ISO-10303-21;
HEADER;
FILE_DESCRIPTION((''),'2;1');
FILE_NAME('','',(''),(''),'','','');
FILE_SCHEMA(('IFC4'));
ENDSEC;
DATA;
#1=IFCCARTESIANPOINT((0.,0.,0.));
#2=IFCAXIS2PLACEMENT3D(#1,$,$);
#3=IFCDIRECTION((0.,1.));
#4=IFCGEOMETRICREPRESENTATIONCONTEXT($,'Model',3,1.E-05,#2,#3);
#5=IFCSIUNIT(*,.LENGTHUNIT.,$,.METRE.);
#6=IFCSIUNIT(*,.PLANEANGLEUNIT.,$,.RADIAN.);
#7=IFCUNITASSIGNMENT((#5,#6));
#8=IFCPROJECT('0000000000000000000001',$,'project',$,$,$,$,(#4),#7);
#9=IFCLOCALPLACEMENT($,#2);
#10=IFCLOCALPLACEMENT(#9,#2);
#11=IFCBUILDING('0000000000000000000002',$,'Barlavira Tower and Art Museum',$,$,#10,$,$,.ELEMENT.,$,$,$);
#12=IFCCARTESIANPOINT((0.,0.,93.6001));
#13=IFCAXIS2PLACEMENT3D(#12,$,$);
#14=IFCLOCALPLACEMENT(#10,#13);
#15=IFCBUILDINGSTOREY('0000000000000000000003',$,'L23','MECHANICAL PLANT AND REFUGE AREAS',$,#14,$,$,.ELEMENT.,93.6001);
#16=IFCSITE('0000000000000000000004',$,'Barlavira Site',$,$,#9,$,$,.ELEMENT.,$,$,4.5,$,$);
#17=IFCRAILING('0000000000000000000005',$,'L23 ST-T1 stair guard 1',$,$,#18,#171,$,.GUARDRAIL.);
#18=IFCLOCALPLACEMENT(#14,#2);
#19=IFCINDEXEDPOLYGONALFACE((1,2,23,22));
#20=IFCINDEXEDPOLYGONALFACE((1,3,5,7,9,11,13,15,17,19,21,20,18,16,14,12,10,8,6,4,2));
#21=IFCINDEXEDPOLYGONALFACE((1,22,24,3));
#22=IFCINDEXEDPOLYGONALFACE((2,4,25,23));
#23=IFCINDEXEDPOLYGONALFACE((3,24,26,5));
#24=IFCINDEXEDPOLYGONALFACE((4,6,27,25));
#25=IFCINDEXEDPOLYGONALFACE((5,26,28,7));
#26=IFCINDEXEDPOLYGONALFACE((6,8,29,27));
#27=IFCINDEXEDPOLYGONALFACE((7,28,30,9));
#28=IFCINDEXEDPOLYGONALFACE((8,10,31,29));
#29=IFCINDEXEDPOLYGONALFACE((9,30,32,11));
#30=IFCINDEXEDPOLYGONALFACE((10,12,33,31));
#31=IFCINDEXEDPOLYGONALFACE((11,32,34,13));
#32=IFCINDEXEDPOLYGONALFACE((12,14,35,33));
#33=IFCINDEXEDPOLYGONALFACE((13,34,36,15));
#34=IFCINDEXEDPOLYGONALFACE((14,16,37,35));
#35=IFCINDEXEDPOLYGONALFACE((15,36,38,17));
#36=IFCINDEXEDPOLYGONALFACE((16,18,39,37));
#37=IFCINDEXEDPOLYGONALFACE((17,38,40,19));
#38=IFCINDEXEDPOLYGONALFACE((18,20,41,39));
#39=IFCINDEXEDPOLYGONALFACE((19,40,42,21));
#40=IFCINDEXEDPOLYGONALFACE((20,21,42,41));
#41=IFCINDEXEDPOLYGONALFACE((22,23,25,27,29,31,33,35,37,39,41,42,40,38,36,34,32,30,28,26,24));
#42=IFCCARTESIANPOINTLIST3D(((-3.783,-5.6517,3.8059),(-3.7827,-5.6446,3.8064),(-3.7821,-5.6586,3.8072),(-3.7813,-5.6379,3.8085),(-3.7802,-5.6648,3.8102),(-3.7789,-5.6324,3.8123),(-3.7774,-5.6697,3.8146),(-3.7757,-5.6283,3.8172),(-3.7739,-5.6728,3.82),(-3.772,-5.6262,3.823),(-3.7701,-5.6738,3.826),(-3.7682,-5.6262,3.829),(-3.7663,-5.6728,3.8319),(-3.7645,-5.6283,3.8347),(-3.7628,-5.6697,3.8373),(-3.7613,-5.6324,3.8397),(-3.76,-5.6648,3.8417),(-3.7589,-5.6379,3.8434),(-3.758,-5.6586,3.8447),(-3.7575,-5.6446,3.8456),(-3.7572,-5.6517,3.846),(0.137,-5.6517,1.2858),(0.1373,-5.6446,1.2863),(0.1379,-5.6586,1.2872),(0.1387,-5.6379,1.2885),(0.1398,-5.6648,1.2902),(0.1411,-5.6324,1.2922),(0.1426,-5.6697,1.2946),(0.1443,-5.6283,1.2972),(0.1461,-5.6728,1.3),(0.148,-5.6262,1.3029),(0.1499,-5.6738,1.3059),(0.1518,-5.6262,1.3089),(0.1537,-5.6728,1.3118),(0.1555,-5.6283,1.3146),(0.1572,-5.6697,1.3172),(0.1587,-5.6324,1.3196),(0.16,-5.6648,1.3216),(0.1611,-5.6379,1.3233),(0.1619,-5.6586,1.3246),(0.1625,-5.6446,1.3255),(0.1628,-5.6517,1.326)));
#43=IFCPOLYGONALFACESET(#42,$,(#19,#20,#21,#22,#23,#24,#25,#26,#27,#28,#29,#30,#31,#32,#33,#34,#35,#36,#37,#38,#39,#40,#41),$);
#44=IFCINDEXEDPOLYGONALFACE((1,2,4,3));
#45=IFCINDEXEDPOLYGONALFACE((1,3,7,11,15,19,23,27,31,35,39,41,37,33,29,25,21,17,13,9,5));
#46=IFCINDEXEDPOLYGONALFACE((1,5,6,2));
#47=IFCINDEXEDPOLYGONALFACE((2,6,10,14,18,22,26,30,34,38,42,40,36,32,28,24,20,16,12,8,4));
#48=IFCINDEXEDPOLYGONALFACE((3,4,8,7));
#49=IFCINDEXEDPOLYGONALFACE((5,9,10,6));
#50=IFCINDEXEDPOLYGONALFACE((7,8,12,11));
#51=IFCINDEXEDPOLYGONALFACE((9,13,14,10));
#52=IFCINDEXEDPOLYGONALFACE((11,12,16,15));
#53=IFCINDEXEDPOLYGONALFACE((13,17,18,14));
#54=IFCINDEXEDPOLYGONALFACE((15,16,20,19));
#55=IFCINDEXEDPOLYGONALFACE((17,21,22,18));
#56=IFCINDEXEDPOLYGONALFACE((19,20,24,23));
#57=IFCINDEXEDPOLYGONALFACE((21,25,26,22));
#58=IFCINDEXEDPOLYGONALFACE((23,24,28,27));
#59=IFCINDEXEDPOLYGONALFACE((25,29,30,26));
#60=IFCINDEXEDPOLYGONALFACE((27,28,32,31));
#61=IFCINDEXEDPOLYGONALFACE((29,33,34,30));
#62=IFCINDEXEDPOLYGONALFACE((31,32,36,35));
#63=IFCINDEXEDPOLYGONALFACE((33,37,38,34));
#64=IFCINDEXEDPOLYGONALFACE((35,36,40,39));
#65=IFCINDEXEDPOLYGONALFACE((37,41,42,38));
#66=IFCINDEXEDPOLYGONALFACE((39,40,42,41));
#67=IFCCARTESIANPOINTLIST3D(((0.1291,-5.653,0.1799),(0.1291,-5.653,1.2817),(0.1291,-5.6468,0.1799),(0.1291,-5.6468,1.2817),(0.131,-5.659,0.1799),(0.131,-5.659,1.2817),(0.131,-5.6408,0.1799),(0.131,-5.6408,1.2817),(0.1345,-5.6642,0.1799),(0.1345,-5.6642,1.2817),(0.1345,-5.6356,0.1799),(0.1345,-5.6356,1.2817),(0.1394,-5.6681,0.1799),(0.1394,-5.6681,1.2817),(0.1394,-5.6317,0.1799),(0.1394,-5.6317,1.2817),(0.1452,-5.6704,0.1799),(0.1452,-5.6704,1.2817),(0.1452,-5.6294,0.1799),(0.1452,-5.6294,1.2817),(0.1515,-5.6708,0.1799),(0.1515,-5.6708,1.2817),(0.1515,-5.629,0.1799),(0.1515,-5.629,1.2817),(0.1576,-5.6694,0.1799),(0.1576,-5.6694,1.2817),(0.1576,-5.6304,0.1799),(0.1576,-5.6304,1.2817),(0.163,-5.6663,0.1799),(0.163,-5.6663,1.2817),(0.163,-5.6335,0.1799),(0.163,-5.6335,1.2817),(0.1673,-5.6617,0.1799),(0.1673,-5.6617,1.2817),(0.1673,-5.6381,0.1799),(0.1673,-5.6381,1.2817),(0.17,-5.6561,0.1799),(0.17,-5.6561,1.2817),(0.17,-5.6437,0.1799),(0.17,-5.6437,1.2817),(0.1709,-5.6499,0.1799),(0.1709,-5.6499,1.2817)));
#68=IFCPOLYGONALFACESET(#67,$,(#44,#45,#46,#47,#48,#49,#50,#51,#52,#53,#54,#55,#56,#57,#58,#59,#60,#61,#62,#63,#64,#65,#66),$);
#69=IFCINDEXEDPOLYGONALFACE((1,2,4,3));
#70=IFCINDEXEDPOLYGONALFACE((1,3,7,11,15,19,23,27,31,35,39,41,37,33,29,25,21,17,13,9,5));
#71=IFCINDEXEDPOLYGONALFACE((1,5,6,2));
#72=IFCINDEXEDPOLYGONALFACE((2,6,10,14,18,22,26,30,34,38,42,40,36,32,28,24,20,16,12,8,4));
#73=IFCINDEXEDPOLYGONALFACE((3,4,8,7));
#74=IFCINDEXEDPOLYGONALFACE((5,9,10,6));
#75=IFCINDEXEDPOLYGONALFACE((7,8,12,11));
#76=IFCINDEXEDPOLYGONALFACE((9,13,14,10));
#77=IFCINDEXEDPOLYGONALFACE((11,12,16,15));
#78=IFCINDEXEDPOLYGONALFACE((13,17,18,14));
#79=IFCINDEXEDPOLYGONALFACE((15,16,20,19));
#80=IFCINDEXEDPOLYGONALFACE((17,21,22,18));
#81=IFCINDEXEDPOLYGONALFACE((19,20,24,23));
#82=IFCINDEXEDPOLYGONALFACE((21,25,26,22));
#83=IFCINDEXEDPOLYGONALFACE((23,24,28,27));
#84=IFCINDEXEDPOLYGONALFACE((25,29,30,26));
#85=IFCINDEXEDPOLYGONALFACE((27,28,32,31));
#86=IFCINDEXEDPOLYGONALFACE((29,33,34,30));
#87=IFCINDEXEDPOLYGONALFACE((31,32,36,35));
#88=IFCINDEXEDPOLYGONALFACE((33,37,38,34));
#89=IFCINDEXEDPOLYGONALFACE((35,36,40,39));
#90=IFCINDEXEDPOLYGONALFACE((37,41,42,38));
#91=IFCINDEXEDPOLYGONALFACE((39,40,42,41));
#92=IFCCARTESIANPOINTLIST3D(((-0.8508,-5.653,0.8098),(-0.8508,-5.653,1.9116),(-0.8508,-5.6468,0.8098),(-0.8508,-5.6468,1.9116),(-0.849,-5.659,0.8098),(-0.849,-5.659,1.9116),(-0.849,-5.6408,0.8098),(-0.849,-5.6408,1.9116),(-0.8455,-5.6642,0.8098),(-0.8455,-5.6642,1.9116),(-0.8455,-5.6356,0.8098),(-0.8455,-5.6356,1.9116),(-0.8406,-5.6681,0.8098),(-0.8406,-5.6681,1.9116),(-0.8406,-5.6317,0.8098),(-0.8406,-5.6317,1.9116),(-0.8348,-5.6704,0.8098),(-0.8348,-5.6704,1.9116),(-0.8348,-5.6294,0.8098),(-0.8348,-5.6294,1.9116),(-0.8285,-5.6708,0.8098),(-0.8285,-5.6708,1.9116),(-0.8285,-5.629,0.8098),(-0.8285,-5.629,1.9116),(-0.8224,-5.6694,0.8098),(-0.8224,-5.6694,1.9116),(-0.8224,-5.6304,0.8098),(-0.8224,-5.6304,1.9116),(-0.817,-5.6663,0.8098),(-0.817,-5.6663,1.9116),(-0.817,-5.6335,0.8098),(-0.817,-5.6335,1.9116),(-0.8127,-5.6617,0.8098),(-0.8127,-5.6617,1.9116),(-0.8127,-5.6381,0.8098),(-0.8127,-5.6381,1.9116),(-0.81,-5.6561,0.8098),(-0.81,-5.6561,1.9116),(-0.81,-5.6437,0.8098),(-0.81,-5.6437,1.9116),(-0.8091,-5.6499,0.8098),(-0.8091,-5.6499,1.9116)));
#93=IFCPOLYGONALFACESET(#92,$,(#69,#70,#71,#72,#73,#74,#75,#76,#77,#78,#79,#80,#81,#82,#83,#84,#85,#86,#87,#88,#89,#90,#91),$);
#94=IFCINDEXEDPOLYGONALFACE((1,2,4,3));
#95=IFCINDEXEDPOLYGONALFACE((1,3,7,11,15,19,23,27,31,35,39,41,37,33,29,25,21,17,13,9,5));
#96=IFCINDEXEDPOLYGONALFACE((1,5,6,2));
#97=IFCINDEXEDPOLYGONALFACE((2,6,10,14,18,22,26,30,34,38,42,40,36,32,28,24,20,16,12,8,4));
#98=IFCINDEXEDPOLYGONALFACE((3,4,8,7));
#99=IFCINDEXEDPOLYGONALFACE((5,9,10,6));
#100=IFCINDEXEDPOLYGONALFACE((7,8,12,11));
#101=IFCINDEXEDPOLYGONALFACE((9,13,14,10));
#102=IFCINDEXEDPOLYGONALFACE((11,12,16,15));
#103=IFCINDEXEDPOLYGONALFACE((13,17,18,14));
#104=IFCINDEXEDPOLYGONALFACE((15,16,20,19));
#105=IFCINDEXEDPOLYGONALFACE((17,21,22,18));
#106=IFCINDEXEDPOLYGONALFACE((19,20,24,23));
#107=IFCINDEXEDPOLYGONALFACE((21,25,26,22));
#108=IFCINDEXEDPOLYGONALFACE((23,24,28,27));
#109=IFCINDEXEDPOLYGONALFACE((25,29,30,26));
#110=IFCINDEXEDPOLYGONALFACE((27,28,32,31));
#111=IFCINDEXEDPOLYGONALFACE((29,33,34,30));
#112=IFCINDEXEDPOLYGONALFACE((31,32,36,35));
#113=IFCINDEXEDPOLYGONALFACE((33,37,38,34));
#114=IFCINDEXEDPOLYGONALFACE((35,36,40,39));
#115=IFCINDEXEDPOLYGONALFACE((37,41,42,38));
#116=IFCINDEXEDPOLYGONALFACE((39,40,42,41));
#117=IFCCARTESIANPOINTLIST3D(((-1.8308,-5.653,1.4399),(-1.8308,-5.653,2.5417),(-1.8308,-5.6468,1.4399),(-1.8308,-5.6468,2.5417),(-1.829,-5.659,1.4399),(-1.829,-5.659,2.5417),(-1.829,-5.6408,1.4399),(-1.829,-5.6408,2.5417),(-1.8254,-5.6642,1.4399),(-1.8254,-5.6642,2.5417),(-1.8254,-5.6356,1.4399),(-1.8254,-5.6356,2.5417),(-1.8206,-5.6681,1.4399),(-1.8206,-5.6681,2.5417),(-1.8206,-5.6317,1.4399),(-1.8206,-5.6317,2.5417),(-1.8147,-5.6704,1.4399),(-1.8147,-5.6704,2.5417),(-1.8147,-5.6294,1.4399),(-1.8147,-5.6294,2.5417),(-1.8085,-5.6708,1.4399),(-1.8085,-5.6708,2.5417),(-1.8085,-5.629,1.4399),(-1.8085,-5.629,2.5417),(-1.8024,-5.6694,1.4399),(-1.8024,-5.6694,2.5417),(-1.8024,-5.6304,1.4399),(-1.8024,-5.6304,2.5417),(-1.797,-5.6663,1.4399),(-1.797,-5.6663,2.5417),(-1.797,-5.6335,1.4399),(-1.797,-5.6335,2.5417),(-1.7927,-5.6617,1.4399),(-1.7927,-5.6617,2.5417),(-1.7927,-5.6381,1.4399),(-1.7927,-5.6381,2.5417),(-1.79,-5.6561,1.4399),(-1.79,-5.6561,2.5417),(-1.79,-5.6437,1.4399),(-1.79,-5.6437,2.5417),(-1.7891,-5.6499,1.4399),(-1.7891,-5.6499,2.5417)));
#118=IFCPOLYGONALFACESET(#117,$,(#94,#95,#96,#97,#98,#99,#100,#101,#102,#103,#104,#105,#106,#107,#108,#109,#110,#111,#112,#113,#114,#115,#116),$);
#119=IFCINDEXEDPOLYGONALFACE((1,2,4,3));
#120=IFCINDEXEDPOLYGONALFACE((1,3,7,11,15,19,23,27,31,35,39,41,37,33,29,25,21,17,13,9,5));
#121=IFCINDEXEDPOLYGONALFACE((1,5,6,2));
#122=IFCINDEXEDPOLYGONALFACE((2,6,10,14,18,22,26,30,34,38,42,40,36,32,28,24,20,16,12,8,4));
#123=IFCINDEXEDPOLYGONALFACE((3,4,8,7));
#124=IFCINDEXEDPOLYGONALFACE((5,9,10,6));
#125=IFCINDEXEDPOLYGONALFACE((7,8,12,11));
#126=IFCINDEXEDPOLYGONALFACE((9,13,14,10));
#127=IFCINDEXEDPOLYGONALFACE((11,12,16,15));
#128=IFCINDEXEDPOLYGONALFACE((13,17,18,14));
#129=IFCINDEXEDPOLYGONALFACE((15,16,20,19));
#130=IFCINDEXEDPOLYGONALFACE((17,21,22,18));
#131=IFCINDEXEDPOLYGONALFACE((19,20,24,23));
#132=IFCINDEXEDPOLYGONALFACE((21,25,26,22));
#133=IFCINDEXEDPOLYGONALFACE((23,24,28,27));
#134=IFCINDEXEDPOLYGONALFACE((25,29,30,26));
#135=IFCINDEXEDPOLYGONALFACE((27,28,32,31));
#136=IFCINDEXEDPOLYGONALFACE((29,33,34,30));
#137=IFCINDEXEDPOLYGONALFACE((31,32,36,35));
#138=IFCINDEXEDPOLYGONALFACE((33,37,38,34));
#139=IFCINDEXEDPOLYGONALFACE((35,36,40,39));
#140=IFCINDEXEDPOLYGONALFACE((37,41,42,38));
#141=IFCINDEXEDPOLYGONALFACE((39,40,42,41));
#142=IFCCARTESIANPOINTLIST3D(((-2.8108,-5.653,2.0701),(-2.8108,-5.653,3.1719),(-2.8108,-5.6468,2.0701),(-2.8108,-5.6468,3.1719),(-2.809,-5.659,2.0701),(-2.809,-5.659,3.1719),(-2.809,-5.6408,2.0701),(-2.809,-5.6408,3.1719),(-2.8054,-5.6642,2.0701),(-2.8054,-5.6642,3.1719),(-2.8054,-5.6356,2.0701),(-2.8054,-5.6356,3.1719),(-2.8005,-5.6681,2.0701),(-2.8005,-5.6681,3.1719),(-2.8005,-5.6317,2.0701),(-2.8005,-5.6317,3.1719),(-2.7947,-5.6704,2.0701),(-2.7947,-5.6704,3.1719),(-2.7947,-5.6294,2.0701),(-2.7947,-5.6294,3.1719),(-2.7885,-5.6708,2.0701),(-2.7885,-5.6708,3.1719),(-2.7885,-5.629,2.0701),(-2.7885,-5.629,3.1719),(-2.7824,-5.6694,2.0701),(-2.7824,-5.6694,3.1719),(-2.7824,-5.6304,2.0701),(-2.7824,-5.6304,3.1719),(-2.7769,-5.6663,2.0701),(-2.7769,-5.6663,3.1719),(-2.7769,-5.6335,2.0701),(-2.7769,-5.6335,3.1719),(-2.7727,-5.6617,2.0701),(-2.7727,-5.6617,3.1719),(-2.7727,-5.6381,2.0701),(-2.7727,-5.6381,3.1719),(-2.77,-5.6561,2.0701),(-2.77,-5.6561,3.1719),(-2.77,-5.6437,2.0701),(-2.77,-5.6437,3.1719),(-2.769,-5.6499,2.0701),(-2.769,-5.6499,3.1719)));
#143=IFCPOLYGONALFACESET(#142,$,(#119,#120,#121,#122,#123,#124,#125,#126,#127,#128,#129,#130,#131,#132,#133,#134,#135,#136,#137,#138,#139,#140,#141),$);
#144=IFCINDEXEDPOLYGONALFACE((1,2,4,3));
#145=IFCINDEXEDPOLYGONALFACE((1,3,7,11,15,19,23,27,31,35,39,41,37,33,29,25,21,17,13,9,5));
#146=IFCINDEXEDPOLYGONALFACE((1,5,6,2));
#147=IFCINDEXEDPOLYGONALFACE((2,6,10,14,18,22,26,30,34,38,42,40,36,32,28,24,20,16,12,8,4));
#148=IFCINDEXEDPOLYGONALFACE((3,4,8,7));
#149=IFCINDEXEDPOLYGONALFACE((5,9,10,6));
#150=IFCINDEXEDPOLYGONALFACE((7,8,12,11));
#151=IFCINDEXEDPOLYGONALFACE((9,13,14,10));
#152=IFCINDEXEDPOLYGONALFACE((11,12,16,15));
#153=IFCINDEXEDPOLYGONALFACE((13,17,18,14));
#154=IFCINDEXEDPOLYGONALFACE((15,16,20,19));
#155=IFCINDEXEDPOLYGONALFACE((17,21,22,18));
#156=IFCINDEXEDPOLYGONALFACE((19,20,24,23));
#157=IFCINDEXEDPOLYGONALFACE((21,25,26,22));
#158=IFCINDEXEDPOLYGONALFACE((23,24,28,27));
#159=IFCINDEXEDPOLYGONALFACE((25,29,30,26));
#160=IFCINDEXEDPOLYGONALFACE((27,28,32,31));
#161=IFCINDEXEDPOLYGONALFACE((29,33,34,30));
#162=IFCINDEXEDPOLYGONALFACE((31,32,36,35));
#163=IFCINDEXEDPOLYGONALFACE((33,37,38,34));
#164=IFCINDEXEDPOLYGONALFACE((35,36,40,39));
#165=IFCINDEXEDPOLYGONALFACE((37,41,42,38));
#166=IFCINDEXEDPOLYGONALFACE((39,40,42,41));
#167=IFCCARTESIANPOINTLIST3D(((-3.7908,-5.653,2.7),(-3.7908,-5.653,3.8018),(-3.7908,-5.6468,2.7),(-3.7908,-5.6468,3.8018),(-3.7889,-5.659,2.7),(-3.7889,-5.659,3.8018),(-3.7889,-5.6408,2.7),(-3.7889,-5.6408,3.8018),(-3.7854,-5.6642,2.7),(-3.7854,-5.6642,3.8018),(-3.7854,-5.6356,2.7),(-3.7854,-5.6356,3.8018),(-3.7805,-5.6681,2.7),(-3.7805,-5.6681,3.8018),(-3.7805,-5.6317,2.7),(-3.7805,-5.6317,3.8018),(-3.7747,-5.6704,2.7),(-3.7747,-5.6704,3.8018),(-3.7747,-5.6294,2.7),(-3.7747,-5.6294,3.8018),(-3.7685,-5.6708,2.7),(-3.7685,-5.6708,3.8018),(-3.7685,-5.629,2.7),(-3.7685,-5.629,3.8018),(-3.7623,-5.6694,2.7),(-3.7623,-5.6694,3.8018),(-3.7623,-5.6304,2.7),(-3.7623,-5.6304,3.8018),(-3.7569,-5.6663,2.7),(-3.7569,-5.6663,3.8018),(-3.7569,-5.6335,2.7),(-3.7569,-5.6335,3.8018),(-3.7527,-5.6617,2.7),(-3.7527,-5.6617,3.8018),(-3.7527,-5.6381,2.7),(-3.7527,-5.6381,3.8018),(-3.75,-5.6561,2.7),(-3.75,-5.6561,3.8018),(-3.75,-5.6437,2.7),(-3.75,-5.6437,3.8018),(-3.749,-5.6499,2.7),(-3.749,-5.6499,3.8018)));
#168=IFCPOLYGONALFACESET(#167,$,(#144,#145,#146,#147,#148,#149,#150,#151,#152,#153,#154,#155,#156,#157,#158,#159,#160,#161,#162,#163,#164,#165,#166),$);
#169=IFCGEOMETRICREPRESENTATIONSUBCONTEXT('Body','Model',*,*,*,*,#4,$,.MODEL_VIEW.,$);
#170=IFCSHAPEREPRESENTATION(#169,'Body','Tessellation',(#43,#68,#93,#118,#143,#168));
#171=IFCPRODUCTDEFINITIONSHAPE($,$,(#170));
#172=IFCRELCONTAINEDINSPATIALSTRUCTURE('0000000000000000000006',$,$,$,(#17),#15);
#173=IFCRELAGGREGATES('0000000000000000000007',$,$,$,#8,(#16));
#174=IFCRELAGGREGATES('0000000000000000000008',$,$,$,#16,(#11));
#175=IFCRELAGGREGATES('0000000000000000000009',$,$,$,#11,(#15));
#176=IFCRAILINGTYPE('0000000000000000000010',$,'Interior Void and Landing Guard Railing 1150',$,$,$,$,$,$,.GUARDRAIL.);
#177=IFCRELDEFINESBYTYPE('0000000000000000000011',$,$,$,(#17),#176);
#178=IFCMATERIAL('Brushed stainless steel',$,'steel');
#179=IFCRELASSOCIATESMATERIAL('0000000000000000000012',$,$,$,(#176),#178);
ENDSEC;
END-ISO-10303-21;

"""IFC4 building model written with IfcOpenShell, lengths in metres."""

from ifc_helpers import new_model, si_unit, direction, frame, origin, origin_2d, place, context, subcontext, project, spatial, circle, extrude, material, type_object, element, save


model = new_model("IFC4")

# Units and contexts
model_context = context("Model", 3, precision=1e-05, world=origin(), true_north=direction((0.0, 1.0)))
body_context = subcontext(model_context, "Body", "Model", "MODEL_VIEW")
ifc_project = project(units=[si_unit("LENGTHUNIT", "METRE"), si_unit("PLANEANGLEUNIT", "RADIAN")], contexts=[model_context])

# Site, building, storey
site_placement = place(None, origin())
site = spatial("IfcSite", under=ifc_project, at=site_placement, Name="Barlavira Site", CompositionType="ELEMENT", RefElevation=4.5)
building_placement = place(site_placement, origin())
building = spatial("IfcBuilding", under=site, at=building_placement, Name="Barlavira Tower and Art Museum", CompositionType="ELEMENT")
storey_placement = place(building_placement, frame((0.0, 0.0, 93.6001)))
storey = spatial("IfcBuildingStorey", under=building, at=storey_placement, Name="L23", Description="MECHANICAL PLANT AND REFUGE AREAS", CompositionType="ELEMENT", Elevation=93.6001)

# Shared definitions
ifc_material_1 = material(Name="Brushed stainless steel", Category="steel")

# Railing
railing_type_1 = type_object("IfcRailingType", Name="Interior Void and Landing Guard Railing 1150", PredefinedType="GUARDRAIL", material=ifc_material_1)
railing_1_placement = place(storey_placement, frame((0.1499, -5.6499, 0.1799)))
element("IfcRailing", 1, at=railing_1_placement, inside=storey, type_object=railing_type_1, Name="L23 ST-T1 stair guard 1", PredefinedType="GUARDRAIL", context=body_context, shape_type="SweptSolid", body=[
    extrude(circle(Radius=0.0239, at=origin_2d()), frame((0.0, 0.0, 1.126), z_axis=(-0.841172, 0.0, 0.540768), x_axis=(0.0, -1.0, 0.0)), (0.0, 0.0, 1.0), 4.6602),
    extrude(circle(Radius=0.021, at=origin_2d()), origin(), (0.0, 0.0, 1.0), 1.1018),
    extrude(circle(Radius=0.021, at=origin_2d()), frame((-0.98, 0.0, 0.6299)), (0.0, 0.0, 1.0), 1.1018),
    extrude(circle(Radius=0.021, at=origin_2d()), frame((-1.96, 0.0, 1.26)), (0.0, 0.0, 1.0), 1.1018),
    extrude(circle(Radius=0.021, at=origin_2d()), frame((-2.9399, 0.0, 1.8901)), (0.0, 0.0, 1.0), 1.1018),
    extrude(circle(Radius=0.021, at=origin_2d()), frame((-3.9199, 0.0, 2.52)), (0.0, 0.0, 1.0), 1.1018),
])

save(model, "model.ifc")
